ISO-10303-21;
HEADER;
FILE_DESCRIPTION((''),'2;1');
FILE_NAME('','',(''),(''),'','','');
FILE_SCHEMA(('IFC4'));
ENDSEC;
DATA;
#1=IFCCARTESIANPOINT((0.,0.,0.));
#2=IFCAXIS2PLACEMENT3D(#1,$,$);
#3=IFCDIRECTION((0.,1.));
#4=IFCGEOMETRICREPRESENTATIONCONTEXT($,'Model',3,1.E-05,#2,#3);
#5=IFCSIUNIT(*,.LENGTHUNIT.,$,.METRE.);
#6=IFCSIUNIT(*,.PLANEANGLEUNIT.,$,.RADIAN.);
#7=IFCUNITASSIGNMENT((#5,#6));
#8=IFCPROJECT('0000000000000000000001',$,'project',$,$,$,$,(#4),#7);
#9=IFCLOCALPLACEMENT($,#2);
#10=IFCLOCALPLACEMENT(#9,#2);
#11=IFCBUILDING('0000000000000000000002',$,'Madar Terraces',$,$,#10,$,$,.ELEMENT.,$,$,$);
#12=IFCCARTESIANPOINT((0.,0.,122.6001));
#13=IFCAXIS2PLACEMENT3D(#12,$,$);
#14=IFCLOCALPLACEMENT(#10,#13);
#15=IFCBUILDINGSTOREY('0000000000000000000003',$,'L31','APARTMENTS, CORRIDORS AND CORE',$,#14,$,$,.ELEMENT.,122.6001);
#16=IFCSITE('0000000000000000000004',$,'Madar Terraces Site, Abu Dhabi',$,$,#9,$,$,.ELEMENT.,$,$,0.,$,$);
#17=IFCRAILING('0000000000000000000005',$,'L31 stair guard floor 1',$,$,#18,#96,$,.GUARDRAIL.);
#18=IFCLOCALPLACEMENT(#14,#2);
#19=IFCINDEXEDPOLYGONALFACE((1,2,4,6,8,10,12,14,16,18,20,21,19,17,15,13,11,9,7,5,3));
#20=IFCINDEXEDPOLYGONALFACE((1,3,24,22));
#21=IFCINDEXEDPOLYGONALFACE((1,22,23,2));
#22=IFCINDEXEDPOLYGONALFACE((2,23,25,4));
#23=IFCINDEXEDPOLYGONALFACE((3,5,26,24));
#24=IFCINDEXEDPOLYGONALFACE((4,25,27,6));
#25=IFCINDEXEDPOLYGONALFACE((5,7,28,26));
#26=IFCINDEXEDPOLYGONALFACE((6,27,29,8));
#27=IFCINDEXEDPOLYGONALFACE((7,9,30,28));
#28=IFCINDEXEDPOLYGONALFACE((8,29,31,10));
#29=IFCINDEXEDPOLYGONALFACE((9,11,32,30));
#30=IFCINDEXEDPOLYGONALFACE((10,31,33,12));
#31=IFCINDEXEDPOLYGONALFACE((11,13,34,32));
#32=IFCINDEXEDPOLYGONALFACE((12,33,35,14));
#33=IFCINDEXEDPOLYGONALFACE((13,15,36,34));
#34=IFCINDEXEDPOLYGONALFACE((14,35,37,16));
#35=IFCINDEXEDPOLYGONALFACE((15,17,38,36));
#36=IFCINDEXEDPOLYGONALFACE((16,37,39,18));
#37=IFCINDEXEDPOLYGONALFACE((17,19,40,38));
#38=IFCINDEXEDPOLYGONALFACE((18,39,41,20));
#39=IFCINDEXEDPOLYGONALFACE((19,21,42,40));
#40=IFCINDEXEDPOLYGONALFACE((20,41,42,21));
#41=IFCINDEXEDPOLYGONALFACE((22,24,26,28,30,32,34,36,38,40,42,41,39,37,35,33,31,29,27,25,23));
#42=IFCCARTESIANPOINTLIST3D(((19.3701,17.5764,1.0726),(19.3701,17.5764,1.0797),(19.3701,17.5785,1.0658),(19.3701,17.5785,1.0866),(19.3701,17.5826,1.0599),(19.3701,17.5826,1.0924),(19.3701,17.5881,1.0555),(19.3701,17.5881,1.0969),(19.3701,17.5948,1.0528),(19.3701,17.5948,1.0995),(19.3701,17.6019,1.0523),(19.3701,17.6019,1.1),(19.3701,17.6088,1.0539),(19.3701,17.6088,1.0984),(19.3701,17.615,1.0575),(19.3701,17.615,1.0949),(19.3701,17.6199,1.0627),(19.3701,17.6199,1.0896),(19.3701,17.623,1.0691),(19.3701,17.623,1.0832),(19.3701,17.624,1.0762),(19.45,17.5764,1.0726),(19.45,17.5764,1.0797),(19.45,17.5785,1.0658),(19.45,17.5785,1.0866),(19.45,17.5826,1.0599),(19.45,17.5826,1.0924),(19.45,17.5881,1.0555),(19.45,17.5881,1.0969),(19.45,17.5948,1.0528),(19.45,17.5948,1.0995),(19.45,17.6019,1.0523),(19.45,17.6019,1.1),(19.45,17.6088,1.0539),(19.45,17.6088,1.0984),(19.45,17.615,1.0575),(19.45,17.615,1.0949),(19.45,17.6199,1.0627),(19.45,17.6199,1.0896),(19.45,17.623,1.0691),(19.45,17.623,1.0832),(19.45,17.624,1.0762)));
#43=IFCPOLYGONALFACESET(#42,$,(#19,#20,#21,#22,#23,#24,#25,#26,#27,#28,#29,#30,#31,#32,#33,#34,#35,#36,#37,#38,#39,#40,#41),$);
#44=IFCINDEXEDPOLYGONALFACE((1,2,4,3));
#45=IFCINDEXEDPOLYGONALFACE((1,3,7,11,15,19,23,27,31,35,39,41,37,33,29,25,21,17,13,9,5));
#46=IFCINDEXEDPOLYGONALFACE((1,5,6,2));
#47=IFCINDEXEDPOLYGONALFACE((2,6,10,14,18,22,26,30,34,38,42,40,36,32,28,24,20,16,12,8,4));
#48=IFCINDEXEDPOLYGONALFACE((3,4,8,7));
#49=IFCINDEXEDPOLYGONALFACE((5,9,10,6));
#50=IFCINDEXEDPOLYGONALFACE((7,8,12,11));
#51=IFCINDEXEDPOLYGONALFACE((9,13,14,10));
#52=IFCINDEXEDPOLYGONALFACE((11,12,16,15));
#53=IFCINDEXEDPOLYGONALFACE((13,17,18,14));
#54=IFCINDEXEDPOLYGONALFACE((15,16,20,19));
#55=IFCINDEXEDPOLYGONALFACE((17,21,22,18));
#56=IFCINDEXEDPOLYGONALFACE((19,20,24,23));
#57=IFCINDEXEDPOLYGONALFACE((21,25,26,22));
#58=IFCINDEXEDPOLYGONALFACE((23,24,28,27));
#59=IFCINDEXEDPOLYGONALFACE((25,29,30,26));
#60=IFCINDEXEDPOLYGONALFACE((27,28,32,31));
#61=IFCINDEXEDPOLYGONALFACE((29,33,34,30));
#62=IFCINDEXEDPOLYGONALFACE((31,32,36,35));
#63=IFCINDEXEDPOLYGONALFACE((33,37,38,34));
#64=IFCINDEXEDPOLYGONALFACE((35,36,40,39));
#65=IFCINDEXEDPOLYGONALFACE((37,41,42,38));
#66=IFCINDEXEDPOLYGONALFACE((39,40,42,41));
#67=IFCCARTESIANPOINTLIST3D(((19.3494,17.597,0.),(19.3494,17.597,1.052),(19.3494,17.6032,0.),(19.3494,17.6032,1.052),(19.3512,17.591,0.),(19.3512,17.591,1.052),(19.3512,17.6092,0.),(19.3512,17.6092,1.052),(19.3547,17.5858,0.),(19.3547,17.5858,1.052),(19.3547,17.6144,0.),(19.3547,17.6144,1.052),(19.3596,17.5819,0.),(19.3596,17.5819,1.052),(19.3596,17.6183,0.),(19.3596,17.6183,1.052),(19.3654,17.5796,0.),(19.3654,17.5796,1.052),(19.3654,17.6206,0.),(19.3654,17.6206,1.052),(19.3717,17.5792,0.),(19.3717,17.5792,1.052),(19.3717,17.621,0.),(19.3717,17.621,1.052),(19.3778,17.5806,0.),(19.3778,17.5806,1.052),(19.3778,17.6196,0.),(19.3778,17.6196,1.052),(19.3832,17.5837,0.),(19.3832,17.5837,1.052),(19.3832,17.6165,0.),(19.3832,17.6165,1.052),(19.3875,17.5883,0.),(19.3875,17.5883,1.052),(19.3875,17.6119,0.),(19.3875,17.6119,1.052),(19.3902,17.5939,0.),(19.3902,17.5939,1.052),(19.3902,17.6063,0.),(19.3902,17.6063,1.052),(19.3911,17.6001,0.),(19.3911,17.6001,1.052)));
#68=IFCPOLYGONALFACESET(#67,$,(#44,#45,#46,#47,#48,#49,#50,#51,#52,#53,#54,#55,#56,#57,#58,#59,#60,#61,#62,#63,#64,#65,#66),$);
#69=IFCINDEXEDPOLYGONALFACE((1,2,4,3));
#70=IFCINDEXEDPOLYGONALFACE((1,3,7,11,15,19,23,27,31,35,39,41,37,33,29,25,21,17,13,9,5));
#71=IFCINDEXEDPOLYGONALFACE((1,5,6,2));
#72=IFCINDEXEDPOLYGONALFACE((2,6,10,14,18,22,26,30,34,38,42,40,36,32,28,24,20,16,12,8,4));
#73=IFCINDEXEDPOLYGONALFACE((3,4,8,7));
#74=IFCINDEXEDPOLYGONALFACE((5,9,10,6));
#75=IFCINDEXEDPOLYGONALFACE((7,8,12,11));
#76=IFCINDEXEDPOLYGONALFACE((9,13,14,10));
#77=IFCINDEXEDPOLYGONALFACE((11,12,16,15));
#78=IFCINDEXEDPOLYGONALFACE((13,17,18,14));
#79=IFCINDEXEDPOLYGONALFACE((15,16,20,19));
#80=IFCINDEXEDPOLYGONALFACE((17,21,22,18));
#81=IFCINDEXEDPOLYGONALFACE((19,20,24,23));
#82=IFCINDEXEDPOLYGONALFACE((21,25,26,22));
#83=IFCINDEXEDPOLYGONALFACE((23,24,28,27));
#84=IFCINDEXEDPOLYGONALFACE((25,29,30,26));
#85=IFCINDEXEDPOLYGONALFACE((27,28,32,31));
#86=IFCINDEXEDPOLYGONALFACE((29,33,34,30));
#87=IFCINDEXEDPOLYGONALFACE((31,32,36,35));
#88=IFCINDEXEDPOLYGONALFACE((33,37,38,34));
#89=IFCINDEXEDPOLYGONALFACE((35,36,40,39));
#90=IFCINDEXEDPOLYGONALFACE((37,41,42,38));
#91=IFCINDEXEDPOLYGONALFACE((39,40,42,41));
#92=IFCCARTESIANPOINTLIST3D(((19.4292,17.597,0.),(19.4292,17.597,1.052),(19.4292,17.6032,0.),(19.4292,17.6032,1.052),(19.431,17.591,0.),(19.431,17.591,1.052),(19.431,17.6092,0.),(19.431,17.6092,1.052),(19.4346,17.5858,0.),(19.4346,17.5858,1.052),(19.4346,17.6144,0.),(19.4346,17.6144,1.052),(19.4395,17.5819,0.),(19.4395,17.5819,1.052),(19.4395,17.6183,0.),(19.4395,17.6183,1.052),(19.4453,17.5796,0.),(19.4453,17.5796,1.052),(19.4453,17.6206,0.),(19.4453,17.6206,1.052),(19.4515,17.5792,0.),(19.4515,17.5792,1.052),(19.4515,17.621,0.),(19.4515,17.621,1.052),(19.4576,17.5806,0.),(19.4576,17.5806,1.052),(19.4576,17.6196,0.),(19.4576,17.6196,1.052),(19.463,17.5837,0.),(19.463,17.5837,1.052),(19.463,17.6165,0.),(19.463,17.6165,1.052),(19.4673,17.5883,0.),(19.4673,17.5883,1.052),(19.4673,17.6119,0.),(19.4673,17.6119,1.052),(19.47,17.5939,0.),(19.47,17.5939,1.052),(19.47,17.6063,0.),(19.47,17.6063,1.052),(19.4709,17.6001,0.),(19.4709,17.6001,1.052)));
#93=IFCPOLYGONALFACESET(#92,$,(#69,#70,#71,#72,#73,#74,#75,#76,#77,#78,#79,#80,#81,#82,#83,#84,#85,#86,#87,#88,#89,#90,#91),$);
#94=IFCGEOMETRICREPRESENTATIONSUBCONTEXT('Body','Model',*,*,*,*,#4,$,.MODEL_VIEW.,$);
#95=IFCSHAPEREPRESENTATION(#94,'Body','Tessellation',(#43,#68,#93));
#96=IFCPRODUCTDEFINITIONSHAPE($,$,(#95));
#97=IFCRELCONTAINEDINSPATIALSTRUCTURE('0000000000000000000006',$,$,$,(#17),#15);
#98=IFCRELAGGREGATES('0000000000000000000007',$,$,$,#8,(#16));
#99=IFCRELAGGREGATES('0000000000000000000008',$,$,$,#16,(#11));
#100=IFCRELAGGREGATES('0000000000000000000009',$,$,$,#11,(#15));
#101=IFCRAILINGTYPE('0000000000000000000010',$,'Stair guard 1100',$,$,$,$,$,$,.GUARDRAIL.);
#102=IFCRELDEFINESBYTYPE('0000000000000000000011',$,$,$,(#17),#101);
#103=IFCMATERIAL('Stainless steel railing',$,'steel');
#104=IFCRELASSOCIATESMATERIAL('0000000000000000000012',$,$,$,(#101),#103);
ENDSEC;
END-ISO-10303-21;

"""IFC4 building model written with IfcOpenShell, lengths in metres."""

from ifc_helpers import new_model, si_unit, direction, frame, origin, origin_2d, place, context, subcontext, project, spatial, circle, extrude, material, type_object, element, save


model = new_model("IFC4")

# Units and contexts
model_context = context("Model", 3, precision=1e-05, world=origin(), true_north=direction((0.0, 1.0)))
body_context = subcontext(model_context, "Body", "Model", "MODEL_VIEW")
ifc_project = project(units=[si_unit("LENGTHUNIT", "METRE"), si_unit("PLANEANGLEUNIT", "RADIAN")], contexts=[model_context])

# Site, building, storey
site_placement = place(None, origin())
site = spatial("IfcSite", under=ifc_project, at=site_placement, Name="Madar Terraces Site, Abu Dhabi", CompositionType="ELEMENT", RefElevation=0.0)
building_placement = place(site_placement, origin())
building = spatial("IfcBuilding", under=site, at=building_placement, Name="Madar Terraces", CompositionType="ELEMENT")
storey_placement = place(building_placement, frame((0.0, 0.0, 122.6001)))
storey = spatial("IfcBuildingStorey", under=building, at=storey_placement, Name="L31", Description="APARTMENTS, CORRIDORS AND CORE", CompositionType="ELEMENT", Elevation=122.6001)

# Railing
ifc_material_1 = material(Name="Stainless steel railing", Category="steel")
railing_type_1 = type_object("IfcRailingType", Name="Stair guard 1100", PredefinedType="GUARDRAIL", material=ifc_material_1)
for number, where, name in (
    (1, (19.3701, 17.6001, 0.0), "L31 stair guard floor 1"),
):
    element("IfcRailing", number, at=place(storey_placement, frame(where)), inside=storey, type_object=railing_type_1, Name=name, PredefinedType="GUARDRAIL", context=body_context, shape_type="SweptSolid", body=[
        extrude(circle(Radius=0.0239, at=origin_2d()), frame((0.0, 0.0, 1.0762), z_axis=(1.0, 0.0, 0.0), x_axis=(0.0, 1.0, 0.0)), (0.0, 0.0, 1.0), 0.0798),
        extrude(circle(Radius=0.021, at=origin_2d()), origin(), (0.0, 0.0, 1.0), 1.052),
        extrude(circle(Radius=0.021, at=origin_2d()), frame((0.0798, 0.0, 0.0)), (0.0, 0.0, 1.0), 1.052),
    ])

save(model, "model.ifc")
